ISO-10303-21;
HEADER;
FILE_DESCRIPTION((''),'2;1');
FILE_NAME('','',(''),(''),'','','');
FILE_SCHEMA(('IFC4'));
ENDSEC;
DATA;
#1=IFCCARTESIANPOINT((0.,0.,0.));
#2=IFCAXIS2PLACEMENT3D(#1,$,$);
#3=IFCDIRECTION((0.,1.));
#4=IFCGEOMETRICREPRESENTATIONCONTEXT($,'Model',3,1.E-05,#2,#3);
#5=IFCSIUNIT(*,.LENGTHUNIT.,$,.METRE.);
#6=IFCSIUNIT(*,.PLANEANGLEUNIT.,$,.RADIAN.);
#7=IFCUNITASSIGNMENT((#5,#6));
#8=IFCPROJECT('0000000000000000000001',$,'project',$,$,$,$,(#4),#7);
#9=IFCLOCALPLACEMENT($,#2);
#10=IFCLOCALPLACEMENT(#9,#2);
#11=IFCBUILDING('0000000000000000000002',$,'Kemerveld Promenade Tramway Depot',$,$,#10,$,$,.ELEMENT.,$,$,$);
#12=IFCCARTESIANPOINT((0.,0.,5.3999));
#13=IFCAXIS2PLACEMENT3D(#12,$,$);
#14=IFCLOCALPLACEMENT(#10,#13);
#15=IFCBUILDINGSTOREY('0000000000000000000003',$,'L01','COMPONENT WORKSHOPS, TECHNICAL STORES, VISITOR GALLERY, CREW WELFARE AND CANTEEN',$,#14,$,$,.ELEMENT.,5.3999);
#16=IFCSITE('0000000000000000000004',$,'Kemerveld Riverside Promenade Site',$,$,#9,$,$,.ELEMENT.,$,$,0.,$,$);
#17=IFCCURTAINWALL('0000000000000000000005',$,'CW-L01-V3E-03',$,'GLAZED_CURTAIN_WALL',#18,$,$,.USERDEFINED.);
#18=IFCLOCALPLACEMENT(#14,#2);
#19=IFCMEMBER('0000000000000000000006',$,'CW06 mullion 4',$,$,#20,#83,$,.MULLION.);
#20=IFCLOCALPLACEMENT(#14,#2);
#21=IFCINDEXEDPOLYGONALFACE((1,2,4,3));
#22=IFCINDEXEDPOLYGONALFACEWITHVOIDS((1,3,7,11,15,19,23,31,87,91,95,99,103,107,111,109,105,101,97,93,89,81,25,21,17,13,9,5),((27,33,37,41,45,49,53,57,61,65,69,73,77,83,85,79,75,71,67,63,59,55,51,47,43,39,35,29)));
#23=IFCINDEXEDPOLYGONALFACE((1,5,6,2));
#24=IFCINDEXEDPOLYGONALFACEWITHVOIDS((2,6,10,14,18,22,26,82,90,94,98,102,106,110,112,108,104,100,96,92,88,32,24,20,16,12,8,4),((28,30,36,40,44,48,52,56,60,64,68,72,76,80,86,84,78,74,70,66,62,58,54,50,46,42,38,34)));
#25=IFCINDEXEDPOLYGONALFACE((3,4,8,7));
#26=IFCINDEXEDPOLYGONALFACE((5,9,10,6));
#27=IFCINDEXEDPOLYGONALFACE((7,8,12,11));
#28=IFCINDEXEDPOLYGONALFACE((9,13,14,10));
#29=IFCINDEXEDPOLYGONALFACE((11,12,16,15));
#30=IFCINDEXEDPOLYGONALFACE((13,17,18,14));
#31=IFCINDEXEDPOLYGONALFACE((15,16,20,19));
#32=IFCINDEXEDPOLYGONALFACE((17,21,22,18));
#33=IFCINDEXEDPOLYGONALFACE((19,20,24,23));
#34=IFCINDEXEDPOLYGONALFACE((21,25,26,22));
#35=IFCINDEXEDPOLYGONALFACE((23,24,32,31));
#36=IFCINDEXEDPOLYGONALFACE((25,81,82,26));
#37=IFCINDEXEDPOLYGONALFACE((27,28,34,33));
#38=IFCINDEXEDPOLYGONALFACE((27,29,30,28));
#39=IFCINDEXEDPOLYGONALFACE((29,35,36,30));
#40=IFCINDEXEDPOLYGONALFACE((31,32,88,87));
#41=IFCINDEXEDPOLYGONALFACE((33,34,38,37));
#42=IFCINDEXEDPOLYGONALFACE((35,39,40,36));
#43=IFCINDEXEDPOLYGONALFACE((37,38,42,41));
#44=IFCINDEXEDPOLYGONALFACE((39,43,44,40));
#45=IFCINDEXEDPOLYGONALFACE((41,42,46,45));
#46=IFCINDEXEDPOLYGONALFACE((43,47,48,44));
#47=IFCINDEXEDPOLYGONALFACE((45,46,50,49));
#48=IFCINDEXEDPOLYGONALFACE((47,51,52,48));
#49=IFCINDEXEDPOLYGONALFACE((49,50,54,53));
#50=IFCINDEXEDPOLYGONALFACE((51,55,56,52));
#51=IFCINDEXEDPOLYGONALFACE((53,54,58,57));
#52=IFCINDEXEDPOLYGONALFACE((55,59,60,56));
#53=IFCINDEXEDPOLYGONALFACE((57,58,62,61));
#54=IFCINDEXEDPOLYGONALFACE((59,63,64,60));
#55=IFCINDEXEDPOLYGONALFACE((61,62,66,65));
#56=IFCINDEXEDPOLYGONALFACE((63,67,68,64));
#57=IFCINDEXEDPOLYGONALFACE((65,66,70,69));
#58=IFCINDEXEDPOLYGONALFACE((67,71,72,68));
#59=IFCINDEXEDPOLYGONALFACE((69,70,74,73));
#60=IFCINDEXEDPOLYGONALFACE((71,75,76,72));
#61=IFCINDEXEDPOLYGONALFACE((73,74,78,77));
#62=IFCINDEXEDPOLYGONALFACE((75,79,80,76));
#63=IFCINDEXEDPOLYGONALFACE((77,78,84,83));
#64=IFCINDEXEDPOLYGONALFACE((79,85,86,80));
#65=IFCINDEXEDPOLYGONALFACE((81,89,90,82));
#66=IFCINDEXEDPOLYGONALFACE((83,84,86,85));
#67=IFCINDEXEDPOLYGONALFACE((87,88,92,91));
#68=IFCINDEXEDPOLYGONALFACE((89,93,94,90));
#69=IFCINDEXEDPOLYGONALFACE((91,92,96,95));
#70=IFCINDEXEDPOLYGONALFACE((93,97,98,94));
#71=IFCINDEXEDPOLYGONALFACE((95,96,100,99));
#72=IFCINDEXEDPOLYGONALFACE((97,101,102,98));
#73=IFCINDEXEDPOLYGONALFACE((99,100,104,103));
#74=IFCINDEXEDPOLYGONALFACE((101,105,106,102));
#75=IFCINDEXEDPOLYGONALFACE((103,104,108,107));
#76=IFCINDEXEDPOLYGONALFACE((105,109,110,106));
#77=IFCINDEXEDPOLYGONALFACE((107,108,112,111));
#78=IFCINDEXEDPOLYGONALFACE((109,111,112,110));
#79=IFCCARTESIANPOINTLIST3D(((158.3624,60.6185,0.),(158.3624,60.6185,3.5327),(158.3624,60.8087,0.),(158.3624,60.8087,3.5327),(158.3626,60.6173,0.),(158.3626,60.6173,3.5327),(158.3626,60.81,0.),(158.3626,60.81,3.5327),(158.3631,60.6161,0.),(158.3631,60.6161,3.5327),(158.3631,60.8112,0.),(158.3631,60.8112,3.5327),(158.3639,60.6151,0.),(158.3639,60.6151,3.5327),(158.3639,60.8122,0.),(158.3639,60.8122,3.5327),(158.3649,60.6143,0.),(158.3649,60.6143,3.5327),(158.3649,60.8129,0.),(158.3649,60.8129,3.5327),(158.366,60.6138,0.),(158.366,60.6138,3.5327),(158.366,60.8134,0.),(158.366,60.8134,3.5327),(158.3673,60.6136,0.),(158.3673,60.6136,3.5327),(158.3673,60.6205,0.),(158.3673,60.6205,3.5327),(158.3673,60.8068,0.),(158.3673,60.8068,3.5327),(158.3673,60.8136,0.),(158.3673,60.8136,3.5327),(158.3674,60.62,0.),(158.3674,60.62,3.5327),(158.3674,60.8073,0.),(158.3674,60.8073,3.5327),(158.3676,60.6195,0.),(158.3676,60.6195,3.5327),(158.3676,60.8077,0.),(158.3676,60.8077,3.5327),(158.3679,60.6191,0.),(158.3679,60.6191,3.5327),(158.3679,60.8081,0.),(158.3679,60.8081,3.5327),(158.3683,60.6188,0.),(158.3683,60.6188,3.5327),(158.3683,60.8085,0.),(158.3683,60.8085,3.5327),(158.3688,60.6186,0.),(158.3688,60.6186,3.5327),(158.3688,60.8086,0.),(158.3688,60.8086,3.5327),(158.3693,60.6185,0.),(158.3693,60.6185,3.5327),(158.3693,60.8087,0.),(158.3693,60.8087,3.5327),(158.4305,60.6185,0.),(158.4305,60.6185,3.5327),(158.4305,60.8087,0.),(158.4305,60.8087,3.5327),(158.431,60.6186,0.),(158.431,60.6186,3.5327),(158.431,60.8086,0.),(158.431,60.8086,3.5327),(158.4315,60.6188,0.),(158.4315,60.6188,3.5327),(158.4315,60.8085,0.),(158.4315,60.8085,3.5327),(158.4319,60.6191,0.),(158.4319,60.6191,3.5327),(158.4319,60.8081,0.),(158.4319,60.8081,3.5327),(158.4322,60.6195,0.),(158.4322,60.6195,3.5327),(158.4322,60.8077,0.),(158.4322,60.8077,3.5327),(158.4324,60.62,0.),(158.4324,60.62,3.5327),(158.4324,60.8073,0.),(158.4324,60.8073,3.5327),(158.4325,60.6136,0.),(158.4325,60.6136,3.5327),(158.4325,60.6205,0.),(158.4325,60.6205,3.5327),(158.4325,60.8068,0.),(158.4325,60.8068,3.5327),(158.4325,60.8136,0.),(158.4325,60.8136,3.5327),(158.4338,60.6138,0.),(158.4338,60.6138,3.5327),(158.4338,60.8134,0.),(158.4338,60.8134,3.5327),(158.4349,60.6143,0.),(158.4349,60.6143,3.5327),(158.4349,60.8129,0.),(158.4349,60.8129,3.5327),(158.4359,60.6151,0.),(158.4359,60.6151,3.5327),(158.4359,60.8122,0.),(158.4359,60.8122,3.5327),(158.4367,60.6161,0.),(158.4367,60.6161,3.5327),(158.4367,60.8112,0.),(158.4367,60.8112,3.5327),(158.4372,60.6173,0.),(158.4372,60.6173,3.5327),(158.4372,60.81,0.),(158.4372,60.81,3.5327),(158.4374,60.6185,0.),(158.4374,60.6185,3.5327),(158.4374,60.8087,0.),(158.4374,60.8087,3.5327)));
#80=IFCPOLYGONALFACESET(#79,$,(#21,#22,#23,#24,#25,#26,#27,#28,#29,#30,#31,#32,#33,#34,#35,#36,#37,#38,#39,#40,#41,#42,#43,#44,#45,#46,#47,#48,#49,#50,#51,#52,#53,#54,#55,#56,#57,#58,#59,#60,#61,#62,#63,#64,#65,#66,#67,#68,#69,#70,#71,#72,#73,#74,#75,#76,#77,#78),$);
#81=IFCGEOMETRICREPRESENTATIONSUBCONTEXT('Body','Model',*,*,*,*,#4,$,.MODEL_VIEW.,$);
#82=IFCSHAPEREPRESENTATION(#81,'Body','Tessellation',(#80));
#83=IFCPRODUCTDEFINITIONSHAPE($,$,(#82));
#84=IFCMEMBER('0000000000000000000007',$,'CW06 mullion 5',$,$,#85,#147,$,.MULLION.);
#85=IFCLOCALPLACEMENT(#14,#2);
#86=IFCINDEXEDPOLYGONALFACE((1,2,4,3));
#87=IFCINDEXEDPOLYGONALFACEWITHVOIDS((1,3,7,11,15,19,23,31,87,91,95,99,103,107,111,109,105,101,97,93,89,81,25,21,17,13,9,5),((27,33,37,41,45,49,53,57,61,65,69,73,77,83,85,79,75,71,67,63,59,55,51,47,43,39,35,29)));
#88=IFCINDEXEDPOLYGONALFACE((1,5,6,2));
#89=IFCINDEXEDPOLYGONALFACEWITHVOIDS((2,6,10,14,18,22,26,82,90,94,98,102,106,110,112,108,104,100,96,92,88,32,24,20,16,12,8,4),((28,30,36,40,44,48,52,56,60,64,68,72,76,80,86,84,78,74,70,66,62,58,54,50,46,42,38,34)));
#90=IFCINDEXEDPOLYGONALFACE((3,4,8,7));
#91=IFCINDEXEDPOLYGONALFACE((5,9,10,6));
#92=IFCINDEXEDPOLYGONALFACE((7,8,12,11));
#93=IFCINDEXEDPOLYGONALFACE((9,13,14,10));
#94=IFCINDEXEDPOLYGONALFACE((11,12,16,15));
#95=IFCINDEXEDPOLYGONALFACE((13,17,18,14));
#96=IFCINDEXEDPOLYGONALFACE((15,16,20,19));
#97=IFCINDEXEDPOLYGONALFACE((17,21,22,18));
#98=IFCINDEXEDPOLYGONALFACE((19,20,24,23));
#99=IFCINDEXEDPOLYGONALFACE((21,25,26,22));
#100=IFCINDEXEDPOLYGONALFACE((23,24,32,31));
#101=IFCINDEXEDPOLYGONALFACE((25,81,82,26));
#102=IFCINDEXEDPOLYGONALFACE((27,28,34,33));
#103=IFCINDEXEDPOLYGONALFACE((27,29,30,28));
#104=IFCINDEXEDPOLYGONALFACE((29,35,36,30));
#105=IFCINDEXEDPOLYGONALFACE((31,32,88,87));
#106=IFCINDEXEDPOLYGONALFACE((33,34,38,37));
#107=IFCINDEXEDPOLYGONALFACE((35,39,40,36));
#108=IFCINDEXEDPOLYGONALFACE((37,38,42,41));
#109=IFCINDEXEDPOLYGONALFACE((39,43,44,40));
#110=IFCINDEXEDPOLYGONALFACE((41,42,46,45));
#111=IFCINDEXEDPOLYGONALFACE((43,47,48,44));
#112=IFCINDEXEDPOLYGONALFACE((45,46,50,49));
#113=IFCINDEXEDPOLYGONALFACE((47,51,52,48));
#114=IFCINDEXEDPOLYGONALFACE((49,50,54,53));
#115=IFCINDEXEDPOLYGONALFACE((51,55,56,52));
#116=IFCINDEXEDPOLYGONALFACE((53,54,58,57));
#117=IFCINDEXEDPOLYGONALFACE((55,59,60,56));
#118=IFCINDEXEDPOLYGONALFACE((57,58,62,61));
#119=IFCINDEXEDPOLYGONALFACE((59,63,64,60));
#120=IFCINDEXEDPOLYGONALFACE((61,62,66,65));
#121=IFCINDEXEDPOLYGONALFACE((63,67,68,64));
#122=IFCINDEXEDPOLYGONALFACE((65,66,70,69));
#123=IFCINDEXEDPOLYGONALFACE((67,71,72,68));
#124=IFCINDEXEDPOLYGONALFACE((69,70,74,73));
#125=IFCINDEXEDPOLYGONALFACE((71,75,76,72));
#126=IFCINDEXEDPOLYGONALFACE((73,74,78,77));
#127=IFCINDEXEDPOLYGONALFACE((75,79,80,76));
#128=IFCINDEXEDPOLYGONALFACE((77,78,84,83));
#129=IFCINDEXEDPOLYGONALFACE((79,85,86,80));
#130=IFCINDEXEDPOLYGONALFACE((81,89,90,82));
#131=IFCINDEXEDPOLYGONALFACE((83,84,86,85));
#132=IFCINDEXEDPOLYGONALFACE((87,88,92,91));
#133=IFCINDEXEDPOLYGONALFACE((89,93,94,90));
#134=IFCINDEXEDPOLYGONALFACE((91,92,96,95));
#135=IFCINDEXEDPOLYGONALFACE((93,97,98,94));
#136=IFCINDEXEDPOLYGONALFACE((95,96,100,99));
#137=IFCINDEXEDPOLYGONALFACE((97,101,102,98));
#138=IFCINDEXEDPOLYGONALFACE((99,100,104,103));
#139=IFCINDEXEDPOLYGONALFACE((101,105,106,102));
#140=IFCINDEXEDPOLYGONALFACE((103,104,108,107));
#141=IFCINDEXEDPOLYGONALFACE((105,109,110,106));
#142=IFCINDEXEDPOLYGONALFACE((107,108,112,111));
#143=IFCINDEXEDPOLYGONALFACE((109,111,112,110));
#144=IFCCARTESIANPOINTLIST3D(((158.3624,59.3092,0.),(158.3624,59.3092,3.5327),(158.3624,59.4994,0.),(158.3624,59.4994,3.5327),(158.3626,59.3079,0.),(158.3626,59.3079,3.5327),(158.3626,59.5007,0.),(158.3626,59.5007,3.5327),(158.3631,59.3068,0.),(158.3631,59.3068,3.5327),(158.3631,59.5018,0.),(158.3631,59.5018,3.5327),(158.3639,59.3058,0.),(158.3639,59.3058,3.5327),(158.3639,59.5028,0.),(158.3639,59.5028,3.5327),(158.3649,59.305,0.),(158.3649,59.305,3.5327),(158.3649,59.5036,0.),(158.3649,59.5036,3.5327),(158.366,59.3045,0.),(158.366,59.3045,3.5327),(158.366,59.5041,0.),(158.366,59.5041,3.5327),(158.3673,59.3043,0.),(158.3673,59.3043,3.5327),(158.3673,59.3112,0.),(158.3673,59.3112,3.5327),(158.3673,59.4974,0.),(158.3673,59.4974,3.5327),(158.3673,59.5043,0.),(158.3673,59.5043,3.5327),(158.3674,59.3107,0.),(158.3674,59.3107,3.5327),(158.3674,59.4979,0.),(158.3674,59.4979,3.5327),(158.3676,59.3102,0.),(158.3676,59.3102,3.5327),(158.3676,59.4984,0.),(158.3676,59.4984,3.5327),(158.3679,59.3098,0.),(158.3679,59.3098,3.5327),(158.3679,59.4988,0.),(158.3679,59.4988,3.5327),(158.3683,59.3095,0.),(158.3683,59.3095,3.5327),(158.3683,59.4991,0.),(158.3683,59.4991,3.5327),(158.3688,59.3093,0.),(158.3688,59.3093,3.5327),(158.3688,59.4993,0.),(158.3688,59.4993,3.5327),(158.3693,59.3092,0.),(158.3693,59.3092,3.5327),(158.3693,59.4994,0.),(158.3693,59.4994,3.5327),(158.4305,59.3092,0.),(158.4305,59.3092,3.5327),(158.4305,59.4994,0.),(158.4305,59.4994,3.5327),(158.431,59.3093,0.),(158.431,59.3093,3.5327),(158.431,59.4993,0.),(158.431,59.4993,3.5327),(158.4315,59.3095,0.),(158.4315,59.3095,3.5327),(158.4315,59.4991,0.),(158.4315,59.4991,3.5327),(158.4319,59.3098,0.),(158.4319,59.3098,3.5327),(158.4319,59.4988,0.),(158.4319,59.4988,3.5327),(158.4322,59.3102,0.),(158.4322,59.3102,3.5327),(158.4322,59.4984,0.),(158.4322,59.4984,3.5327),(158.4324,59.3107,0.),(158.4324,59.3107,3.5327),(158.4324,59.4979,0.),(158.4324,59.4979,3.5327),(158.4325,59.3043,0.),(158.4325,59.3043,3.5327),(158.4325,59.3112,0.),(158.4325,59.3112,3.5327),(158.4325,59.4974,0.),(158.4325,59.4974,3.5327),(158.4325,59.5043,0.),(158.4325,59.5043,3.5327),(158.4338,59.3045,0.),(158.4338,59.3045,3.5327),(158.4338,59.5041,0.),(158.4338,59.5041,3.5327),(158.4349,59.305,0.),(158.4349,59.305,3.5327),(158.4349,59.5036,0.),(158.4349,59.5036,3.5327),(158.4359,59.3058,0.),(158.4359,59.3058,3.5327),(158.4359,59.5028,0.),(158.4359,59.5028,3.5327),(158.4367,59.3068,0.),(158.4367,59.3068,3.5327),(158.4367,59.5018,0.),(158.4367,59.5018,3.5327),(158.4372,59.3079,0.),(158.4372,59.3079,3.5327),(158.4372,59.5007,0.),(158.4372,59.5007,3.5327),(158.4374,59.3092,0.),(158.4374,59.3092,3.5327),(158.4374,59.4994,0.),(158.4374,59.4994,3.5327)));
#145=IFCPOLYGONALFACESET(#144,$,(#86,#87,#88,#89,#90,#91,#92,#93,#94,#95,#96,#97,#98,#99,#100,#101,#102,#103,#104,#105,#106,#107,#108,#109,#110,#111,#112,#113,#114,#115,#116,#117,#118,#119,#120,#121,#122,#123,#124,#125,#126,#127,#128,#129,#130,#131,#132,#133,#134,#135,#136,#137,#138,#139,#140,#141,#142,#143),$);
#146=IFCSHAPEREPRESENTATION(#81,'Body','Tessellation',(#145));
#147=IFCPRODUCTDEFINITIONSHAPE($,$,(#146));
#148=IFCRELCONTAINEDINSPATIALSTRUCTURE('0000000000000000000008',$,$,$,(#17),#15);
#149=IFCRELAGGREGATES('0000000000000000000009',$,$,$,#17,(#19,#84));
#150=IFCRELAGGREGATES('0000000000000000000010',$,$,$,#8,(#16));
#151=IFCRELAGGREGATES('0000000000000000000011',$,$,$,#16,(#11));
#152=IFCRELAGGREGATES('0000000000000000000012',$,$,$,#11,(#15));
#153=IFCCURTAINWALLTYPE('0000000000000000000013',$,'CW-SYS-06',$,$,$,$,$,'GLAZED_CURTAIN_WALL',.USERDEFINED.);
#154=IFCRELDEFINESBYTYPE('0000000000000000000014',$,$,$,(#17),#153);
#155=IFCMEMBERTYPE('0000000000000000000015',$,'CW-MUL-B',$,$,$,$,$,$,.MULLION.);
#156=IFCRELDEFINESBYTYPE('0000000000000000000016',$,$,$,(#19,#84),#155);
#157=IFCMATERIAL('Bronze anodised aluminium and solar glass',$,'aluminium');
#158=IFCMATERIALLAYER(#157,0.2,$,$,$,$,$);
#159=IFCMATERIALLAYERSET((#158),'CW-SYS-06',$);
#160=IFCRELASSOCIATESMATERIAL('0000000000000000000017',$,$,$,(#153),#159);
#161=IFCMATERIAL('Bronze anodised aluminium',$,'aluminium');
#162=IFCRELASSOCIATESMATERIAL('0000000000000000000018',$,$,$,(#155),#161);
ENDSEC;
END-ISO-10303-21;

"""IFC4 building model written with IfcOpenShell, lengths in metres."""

from ifc_helpers import new_model, si_unit, direction, frame, origin, origin_2d, place, context, subcontext, project, spatial, hollow_rectangle, extrude, material, layer, layer_set, material_profile, profile_set, type_object, element, aggregate, save


model = new_model("IFC4")

# Units and contexts
model_context = context("Model", 3, precision=1e-05, world=origin(), true_north=direction((0.0, 1.0)))
body_context = subcontext(model_context, "Body", "Model", "MODEL_VIEW")
ifc_project = project(units=[si_unit("LENGTHUNIT", "METRE"), si_unit("PLANEANGLEUNIT", "RADIAN")], contexts=[model_context])

# Site, building, storey
site_placement = place(None, origin())
site = spatial("IfcSite", under=ifc_project, at=site_placement, Name="Kemerveld Riverside Promenade Site", CompositionType="ELEMENT", RefElevation=0.0)
building_placement = place(site_placement, origin())
building = spatial("IfcBuilding", under=site, at=building_placement, Name="Kemerveld Promenade Tramway Depot", CompositionType="ELEMENT")
storey_placement = place(building_placement, frame((0.0, 0.0, 5.3999)))
storey = spatial("IfcBuildingStorey", under=building, at=storey_placement, Name="L01", Description="COMPONENT WORKSHOPS, TECHNICAL STORES, VISITOR GALLERY, CREW WELFARE AND CANTEEN", CompositionType="ELEMENT", Elevation=5.3999)

# Curtain wall, members
ifc_material_1 = material(Name="Bronze anodised aluminium and solar glass", Category="aluminium")
ifc_layer_1 = layer(ifc_material_1, 0.2)
ifc_layer_set_1 = layer_set([ifc_layer_1], Name="CW-SYS-06")
curtain_wall_type_1 = type_object("IfcCurtainWallType", Name="CW-SYS-06", ElementType="GLAZED_CURTAIN_WALL", PredefinedType="USERDEFINED", material=ifc_layer_set_1)
curtain_wall_1_placement = place(storey_placement, origin())
curtain_wall_1 = element("IfcCurtainWall", 1, at=curtain_wall_1_placement, inside=storey, type_object=curtain_wall_type_1, Name="CW-L01-V3E-03", ObjectType="GLAZED_CURTAIN_WALL", PredefinedType="USERDEFINED")
ifc_material_2 = material(Name="Bronze anodised aluminium", Category="aluminium")
ifc_material_profile_1 = material_profile(ifc_material_2, hollow_rectangle(XDim=0.075, YDim=0.2, WallThickness=0.0049, InnerFilletRadius=0.002, OuterFilletRadius=0.0049, at=origin_2d()), Name="CW-MUL-200x75")
ifc_profile_set_1 = profile_set([ifc_material_profile_1], Name="Bronze anodised aluminium")
member_type_1 = type_object("IfcMemberType", Name="CW-MUL-B", PredefinedType="MULLION", material=ifc_profile_set_1)
member_1_placement = place(storey_placement, frame((158.3999, 60.7136, 0.0), z_axis=(0.0, 0.0, 1.0), x_axis=(1.0, 0.0, 0.0)))
member_1 = element("IfcMember", 2, at=member_1_placement, type_object=member_type_1, Name="CW06 mullion 4", PredefinedType="MULLION", context=body_context, shape_type="SweptSolid", body=[
    extrude(hollow_rectangle(XDim=0.075, YDim=0.2, WallThickness=0.0049, InnerFilletRadius=0.002, OuterFilletRadius=0.0049, at=origin_2d()), origin(), (0.0, 0.0, 1.0), 3.5327),
])
member_2_placement = place(storey_placement, frame((158.3999, 59.4043, 0.0), z_axis=(0.0, 0.0, 1.0), x_axis=(1.0, 0.0, 0.0)))
member_2 = element("IfcMember", 3, at=member_2_placement, type_object=member_type_1, Name="CW06 mullion 5", PredefinedType="MULLION", context=body_context, shape_type="SweptSolid", body=[
    extrude(hollow_rectangle(XDim=0.075, YDim=0.2, WallThickness=0.0049, InnerFilletRadius=0.002, OuterFilletRadius=0.0049, at=origin_2d()), origin(), (0.0, 0.0, 1.0), 3.5327),
])

aggregate(curtain_wall_1, [member_1, member_2])

save(model, "model.ifc")
